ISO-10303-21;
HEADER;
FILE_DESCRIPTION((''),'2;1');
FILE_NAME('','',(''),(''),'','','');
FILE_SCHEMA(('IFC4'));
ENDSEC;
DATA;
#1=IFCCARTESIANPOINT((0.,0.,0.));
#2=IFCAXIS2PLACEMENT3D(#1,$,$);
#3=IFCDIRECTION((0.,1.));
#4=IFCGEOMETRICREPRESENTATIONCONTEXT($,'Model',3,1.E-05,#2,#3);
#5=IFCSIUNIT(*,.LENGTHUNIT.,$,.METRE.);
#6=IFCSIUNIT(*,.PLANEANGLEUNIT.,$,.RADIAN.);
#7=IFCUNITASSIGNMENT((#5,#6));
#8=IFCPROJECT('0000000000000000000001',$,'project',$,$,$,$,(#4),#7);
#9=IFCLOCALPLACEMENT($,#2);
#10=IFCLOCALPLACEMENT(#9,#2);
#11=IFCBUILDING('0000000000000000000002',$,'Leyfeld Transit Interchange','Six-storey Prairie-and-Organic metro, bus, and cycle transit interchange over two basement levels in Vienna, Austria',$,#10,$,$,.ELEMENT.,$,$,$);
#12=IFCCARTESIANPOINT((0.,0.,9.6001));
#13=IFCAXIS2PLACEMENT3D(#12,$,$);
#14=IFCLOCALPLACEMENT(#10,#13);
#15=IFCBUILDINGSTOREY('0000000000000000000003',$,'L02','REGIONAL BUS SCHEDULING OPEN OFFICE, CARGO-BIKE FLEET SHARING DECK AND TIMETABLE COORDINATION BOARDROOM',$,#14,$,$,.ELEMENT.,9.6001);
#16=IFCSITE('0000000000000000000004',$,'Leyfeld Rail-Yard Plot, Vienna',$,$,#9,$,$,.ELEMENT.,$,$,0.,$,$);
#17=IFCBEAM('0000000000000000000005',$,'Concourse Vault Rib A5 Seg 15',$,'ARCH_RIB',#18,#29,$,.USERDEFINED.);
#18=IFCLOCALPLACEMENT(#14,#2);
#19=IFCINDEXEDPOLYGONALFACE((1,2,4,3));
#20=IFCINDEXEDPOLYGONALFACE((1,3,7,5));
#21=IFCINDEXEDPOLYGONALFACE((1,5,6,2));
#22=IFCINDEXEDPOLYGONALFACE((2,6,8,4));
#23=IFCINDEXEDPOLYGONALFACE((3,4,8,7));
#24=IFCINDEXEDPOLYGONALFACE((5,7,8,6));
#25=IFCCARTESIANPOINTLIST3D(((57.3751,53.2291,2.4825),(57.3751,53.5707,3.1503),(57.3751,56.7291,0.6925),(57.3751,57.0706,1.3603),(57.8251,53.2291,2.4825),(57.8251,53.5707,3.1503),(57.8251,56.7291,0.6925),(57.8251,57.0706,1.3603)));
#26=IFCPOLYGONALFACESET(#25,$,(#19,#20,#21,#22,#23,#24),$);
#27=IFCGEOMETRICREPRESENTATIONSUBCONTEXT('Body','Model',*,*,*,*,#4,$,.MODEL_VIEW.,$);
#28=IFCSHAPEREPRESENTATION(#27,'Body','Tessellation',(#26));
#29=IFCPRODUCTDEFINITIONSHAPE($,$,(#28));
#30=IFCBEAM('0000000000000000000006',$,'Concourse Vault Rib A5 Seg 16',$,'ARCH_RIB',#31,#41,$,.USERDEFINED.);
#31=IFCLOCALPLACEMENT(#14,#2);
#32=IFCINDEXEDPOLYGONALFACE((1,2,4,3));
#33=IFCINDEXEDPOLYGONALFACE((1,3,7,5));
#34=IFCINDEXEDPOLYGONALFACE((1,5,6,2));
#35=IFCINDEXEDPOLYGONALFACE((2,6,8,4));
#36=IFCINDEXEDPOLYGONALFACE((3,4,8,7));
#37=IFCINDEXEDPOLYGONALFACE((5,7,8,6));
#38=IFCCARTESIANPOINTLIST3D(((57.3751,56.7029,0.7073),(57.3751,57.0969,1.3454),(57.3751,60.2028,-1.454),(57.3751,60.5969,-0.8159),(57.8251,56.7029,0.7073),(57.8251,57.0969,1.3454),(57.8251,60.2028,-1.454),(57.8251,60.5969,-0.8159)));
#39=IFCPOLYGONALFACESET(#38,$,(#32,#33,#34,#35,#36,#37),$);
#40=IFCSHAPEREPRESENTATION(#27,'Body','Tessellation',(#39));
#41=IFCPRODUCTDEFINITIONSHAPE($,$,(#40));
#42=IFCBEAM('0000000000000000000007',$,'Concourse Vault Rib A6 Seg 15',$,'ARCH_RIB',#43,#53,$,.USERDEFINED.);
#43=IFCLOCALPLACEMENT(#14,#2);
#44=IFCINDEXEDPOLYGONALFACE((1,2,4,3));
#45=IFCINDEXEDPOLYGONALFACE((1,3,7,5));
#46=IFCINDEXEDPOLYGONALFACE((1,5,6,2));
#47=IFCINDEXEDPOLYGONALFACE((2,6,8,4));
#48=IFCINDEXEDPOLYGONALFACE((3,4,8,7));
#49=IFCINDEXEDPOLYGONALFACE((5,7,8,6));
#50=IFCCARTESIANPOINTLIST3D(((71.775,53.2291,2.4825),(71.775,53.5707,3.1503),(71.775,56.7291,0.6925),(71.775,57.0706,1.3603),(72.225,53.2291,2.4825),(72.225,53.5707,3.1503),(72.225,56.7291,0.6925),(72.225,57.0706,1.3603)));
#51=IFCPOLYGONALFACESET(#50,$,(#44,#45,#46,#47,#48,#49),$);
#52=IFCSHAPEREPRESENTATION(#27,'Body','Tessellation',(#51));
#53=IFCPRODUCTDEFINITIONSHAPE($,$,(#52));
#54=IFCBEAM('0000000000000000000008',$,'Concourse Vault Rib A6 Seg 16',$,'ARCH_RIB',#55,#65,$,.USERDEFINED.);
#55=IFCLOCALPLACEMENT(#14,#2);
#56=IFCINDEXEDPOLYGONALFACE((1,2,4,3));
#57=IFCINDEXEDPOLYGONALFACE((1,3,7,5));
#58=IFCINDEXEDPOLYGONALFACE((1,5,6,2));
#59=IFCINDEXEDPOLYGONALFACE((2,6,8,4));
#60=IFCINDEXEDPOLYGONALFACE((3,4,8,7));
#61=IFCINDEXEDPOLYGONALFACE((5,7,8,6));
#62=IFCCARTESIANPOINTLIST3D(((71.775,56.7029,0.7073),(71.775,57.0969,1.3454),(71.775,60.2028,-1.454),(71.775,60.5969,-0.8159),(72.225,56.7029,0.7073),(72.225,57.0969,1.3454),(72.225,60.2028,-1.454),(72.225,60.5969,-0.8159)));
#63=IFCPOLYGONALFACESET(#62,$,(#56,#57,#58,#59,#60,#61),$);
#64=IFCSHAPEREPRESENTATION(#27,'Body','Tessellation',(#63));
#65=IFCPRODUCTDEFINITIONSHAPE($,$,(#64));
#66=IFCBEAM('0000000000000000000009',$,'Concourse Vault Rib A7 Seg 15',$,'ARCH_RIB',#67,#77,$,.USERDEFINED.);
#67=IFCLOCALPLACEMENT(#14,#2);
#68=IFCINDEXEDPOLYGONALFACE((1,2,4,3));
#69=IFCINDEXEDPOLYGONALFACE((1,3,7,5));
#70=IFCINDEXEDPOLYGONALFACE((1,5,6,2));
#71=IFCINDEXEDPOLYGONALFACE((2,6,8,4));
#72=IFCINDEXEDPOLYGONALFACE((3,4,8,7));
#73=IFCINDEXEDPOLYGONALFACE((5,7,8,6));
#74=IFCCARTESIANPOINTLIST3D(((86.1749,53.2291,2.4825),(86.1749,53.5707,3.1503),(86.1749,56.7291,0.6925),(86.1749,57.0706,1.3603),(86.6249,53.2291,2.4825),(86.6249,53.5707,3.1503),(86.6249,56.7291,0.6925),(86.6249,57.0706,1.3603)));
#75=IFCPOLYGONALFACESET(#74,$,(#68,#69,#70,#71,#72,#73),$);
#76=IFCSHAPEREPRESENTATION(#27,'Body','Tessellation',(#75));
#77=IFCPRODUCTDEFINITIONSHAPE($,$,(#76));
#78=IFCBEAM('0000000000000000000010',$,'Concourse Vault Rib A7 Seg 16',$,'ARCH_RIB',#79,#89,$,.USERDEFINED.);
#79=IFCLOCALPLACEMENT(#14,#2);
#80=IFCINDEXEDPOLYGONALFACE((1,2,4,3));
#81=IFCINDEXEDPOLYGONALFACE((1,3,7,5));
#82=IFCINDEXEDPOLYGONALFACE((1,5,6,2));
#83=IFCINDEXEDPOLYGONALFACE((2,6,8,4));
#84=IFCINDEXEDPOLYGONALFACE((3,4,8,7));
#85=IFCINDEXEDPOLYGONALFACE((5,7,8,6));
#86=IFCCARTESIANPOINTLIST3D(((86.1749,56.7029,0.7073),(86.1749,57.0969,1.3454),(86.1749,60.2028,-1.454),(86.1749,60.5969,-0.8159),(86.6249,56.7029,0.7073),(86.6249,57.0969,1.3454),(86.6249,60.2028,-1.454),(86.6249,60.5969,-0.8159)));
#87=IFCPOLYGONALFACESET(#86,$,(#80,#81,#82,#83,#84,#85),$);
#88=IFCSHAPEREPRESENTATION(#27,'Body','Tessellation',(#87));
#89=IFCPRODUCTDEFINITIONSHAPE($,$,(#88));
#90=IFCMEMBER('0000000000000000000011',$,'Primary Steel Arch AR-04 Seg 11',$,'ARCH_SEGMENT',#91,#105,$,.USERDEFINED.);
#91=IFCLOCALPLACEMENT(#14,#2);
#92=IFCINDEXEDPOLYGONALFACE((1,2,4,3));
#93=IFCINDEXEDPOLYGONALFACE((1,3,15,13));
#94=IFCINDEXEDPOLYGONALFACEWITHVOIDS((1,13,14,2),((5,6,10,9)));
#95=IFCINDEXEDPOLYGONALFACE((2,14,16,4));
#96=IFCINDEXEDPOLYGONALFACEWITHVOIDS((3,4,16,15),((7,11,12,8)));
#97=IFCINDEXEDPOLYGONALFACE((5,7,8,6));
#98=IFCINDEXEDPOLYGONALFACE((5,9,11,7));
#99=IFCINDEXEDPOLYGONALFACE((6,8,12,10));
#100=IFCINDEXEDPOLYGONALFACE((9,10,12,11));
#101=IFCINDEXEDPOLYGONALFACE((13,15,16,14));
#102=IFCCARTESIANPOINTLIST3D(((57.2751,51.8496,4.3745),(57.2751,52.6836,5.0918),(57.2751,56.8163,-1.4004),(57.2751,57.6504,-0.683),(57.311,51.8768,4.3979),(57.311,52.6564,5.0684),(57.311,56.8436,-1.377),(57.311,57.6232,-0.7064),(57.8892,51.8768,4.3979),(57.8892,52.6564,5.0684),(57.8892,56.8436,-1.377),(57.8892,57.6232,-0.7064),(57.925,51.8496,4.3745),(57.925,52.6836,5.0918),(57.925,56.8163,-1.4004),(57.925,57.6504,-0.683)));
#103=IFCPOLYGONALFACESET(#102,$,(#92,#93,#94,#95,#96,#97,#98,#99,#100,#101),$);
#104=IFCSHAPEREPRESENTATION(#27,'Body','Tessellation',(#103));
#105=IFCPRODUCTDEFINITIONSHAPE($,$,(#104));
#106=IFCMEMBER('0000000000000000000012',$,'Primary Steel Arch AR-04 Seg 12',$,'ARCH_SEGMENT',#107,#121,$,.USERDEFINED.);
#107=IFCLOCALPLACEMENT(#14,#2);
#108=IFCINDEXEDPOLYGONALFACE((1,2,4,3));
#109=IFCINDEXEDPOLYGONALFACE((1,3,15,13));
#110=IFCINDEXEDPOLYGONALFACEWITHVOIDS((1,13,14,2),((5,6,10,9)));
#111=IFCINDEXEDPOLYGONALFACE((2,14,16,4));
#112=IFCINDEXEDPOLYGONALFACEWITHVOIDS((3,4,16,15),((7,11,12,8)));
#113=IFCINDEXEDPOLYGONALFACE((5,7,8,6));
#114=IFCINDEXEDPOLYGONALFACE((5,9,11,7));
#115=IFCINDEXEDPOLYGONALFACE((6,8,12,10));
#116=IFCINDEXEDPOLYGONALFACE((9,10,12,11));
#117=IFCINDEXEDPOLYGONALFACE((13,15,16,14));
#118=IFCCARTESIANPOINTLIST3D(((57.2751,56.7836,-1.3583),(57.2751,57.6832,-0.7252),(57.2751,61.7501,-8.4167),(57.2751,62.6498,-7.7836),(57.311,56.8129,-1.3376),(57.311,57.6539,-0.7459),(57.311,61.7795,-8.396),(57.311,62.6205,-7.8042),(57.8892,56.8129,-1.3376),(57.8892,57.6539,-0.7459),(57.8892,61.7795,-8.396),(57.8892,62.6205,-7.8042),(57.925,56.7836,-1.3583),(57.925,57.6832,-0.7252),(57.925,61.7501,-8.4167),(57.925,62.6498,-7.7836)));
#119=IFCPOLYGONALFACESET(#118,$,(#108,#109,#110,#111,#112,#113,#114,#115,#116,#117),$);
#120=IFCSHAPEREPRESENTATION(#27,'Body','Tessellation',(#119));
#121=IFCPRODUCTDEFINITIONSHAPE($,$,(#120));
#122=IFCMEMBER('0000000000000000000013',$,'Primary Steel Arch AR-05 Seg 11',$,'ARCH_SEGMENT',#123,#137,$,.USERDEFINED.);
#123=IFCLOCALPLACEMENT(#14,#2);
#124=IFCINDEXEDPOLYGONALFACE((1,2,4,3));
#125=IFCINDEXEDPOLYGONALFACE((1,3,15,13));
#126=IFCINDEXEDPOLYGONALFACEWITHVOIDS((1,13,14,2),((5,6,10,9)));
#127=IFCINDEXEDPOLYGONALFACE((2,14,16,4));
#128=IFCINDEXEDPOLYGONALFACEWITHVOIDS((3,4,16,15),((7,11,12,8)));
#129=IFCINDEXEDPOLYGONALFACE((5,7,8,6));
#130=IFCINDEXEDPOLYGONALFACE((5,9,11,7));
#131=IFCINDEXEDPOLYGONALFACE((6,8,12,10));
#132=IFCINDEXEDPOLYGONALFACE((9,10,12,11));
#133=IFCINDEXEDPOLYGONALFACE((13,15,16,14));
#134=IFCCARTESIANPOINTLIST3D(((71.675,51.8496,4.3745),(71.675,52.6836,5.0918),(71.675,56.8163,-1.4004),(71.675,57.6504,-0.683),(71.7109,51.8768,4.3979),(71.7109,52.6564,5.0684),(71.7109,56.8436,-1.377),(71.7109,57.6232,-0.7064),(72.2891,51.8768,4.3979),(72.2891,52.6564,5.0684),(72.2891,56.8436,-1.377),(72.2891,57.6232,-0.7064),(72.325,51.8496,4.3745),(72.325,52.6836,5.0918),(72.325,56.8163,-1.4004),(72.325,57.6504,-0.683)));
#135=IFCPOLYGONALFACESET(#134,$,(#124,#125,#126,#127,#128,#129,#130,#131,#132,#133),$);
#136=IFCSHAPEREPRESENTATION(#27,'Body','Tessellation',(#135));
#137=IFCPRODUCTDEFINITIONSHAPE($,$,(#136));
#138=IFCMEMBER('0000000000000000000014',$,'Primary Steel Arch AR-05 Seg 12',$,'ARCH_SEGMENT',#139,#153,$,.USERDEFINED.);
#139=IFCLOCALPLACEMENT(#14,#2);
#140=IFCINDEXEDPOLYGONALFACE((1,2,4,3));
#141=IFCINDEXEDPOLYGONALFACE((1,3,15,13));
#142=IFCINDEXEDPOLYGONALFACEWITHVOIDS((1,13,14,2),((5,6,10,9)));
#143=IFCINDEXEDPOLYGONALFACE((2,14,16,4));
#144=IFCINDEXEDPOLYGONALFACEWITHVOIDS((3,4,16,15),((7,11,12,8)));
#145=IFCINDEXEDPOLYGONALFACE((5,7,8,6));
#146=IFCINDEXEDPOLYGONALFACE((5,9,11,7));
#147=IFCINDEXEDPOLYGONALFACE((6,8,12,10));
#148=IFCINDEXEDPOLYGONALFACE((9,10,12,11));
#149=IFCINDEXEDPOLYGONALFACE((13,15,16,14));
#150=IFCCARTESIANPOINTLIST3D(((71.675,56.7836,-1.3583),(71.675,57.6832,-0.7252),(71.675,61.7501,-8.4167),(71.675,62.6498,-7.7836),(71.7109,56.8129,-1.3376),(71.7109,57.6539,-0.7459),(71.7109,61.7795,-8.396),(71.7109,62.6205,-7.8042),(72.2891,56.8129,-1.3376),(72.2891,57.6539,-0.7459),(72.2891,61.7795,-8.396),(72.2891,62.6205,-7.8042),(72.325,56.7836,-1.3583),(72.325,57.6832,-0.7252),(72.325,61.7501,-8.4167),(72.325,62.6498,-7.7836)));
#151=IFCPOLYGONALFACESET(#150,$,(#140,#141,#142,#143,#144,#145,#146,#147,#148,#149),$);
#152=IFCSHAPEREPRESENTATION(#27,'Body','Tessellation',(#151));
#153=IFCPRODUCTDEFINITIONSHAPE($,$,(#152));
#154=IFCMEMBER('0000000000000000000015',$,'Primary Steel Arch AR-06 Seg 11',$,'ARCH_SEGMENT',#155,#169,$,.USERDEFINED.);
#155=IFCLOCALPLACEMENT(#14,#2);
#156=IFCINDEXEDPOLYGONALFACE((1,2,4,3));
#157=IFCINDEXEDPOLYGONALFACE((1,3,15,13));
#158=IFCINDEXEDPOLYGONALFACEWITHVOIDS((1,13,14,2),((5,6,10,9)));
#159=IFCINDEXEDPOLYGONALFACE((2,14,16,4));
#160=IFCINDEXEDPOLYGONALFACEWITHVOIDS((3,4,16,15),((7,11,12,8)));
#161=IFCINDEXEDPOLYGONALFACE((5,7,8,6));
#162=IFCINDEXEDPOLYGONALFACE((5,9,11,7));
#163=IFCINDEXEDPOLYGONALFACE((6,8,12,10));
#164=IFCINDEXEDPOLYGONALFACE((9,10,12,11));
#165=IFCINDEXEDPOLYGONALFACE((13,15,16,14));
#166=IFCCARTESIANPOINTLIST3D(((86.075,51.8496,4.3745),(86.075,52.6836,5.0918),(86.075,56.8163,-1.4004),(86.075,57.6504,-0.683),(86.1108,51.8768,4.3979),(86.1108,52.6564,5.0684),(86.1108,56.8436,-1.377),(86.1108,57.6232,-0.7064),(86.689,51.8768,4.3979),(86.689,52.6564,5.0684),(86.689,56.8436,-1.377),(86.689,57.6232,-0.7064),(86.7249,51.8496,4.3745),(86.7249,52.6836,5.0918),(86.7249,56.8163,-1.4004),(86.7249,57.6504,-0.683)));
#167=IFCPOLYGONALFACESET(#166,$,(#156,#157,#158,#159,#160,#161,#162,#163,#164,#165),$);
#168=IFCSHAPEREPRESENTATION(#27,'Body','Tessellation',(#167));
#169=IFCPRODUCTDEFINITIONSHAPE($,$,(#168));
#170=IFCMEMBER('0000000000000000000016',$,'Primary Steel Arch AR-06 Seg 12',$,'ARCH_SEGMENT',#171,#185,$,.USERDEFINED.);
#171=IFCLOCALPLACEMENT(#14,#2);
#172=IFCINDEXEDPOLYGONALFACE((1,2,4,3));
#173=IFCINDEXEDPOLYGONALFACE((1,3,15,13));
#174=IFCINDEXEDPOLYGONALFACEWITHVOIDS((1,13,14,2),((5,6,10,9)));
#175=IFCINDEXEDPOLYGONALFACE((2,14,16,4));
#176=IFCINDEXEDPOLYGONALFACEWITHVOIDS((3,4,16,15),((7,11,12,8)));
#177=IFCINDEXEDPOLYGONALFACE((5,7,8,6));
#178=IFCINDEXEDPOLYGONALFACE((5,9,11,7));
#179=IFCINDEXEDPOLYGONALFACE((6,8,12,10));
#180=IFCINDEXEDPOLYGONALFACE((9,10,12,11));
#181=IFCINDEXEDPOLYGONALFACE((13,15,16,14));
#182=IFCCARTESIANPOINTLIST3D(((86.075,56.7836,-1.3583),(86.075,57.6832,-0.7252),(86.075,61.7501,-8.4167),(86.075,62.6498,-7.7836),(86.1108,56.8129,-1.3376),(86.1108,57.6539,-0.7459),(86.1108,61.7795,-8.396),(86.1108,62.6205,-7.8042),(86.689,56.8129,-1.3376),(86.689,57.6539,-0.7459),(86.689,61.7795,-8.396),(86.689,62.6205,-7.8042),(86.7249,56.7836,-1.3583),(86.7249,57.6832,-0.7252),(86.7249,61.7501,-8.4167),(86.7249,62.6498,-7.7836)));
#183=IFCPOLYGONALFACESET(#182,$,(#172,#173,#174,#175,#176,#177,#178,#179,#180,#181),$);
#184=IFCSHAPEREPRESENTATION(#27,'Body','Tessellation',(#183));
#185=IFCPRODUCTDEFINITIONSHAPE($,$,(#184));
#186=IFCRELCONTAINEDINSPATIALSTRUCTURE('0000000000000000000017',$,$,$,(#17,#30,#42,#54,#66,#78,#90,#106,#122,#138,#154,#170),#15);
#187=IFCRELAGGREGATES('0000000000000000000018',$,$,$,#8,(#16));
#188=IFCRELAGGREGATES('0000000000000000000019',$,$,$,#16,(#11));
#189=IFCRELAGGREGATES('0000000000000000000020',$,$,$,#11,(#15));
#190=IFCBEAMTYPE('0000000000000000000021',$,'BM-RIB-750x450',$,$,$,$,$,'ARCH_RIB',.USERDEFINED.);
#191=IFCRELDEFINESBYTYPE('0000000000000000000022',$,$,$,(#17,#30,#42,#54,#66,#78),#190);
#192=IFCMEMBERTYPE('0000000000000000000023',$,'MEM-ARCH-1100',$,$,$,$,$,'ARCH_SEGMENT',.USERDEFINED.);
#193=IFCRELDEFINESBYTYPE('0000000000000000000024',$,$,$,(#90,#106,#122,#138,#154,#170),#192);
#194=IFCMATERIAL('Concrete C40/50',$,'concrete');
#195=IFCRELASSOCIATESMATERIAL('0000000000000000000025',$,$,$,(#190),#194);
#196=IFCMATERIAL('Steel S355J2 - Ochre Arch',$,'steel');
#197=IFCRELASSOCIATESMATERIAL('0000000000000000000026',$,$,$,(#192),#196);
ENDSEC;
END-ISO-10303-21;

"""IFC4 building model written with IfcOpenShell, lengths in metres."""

from ifc_helpers import new_model, si_unit, direction, frame, origin, origin_2d, place, context, subcontext, project, spatial, rectangle, hollow_rectangle, extrude, material, material_profile, profile_set, type_object, element, save


model = new_model("IFC4")

# Units and contexts
model_context = context("Model", 3, precision=1e-05, world=origin(), true_north=direction((0.0, 1.0)))
body_context = subcontext(model_context, "Body", "Model", "MODEL_VIEW")
ifc_project = project(units=[si_unit("LENGTHUNIT", "METRE"), si_unit("PLANEANGLEUNIT", "RADIAN")], contexts=[model_context])

# Site, building, storey
site_placement = place(None, origin())
site = spatial("IfcSite", under=ifc_project, at=site_placement, Name="Leyfeld Rail-Yard Plot, Vienna", CompositionType="ELEMENT", RefElevation=0.0)
building_placement = place(site_placement, origin())
building = spatial("IfcBuilding", under=site, at=building_placement, Name="Leyfeld Transit Interchange", Description="Six-storey Prairie-and-Organic metro, bus, and cycle transit interchange over two basement levels in Vienna, Austria", CompositionType="ELEMENT")
storey_placement = place(building_placement, frame((0.0, 0.0, 9.6001)))
storey = spatial("IfcBuildingStorey", under=building, at=storey_placement, Name="L02", Description="REGIONAL BUS SCHEDULING OPEN OFFICE, CARGO-BIKE FLEET SHARING DECK AND TIMETABLE COORDINATION BOARDROOM", CompositionType="ELEMENT", Elevation=9.6001)

# Beams
ifc_material_1 = material(Name="Concrete C40/50", Category="concrete")
ifc_material_profile_1 = material_profile(ifc_material_1, rectangle(XDim=0.45, YDim=0.75, at=origin_2d()), Name="RC 750x450 RIB")
ifc_profile_set_1 = profile_set([ifc_material_profile_1], Name="Concrete C40/50")
beam_type = type_object("IfcBeamType", Name="BM-RIB-750x450", ElementType="ARCH_RIB", PredefinedType="USERDEFINED", material=ifc_profile_set_1)
beam_1_placement = place(storey_placement, frame((57.6001, 53.3999, 2.8164), z_axis=(0.0, 0.890316, -0.455343), x_axis=(-1.0, 0.0, 0.0)))
element("IfcBeam", 1, at=beam_1_placement, inside=storey, type_object=beam_type, Name="Concourse Vault Rib A5 Seg 15", ObjectType="ARCH_RIB", PredefinedType="USERDEFINED", context=body_context, shape_type="SweptSolid", body=[
    extrude(rectangle(XDim=0.45, YDim=0.75, at=origin_2d()), origin(), (0.0, 0.0, 1.0), 3.9312),
])
beam_2_placement = place(storey_placement, frame((57.6001, 56.8999, 1.0264), z_axis=(0.0, 0.85084, -0.525425), x_axis=(-1.0, 0.0, 0.0)))
element("IfcBeam", 2, at=beam_2_placement, inside=storey, type_object=beam_type, Name="Concourse Vault Rib A5 Seg 16", ObjectType="ARCH_RIB", PredefinedType="USERDEFINED", context=body_context, shape_type="SweptSolid", body=[
    extrude(rectangle(XDim=0.45, YDim=0.75, at=origin_2d()), origin(), (0.0, 0.0, 1.0), 4.1135),
])
beam_3_placement = place(storey_placement, frame((72.0, 53.3999, 2.8164), z_axis=(0.0, 0.890316, -0.455343), x_axis=(-1.0, 0.0, 0.0)))
element("IfcBeam", 3, at=beam_3_placement, inside=storey, type_object=beam_type, Name="Concourse Vault Rib A6 Seg 15", ObjectType="ARCH_RIB", PredefinedType="USERDEFINED", context=body_context, shape_type="SweptSolid", body=[
    extrude(rectangle(XDim=0.45, YDim=0.75, at=origin_2d()), origin(), (0.0, 0.0, 1.0), 3.9312),
])
beam_4_placement = place(storey_placement, frame((72.0, 56.8999, 1.0264), z_axis=(0.0, 0.85084, -0.525425), x_axis=(-1.0, 0.0, 0.0)))
element("IfcBeam", 4, at=beam_4_placement, inside=storey, type_object=beam_type, Name="Concourse Vault Rib A6 Seg 16", ObjectType="ARCH_RIB", PredefinedType="USERDEFINED", context=body_context, shape_type="SweptSolid", body=[
    extrude(rectangle(XDim=0.45, YDim=0.75, at=origin_2d()), origin(), (0.0, 0.0, 1.0), 4.1135),
])
beam_5_placement = place(storey_placement, frame((86.3999, 53.3999, 2.8164), z_axis=(0.0, 0.890316, -0.455343), x_axis=(-1.0, 0.0, 0.0)))
element("IfcBeam", 5, at=beam_5_placement, inside=storey, type_object=beam_type, Name="Concourse Vault Rib A7 Seg 15", ObjectType="ARCH_RIB", PredefinedType="USERDEFINED", context=body_context, shape_type="SweptSolid", body=[
    extrude(rectangle(XDim=0.45, YDim=0.75, at=origin_2d()), origin(), (0.0, 0.0, 1.0), 3.9312),
])
beam_6_placement = place(storey_placement, frame((86.3999, 56.8999, 1.0264), z_axis=(0.0, 0.85084, -0.525425), x_axis=(-1.0, 0.0, 0.0)))
element("IfcBeam", 6, at=beam_6_placement, inside=storey, type_object=beam_type, Name="Concourse Vault Rib A7 Seg 16", ObjectType="ARCH_RIB", PredefinedType="USERDEFINED", context=body_context, shape_type="SweptSolid", body=[
    extrude(rectangle(XDim=0.45, YDim=0.75, at=origin_2d()), origin(), (0.0, 0.0, 1.0), 4.1135),
])

# Members
ifc_material_2 = material(Name="Steel S355J2 - Ochre Arch", Category="steel")
ifc_material_profile_2 = material_profile(ifc_material_2, hollow_rectangle(XDim=0.6499, YDim=1.1001, WallThickness=0.0359, at=origin_2d()), Name="RHS 1100x650x36")
ifc_profile_set_2 = profile_set([ifc_material_profile_2], Name="Steel S355J2 - Ochre Arch")
member_type_1 = type_object("IfcMemberType", Name="MEM-ARCH-1100", ElementType="ARCH_SEGMENT", PredefinedType="USERDEFINED", material=ifc_profile_set_2)
member_1_placement = place(storey_placement, frame((57.6001, 52.2666, 4.7332), z_axis=(0.0, 0.652068, -0.75816), x_axis=(-1.0, 0.0, 0.0)))
element("IfcMember", 7, at=member_1_placement, inside=storey, type_object=member_type_1, Name="Primary Steel Arch AR-04 Seg 11", ObjectType="ARCH_SEGMENT", PredefinedType="USERDEFINED", context=body_context, shape_type="SweptSolid", body=[
    extrude(hollow_rectangle(XDim=0.6499, YDim=1.1001, WallThickness=0.0359, at=origin_2d()), origin(), (0.0, 0.0, 1.0), 7.6169),
])
member_2_placement = place(storey_placement, frame((57.6001, 57.2334, -1.0417), z_axis=(0.0, 0.57546, -0.81783), x_axis=(-1.0, 0.0, 0.0)))
element("IfcMember", 8, at=member_2_placement, inside=storey, type_object=member_type_1, Name="Primary Steel Arch AR-04 Seg 12", ObjectType="ARCH_SEGMENT", PredefinedType="USERDEFINED", context=body_context, shape_type="SweptSolid", body=[
    extrude(hollow_rectangle(XDim=0.6499, YDim=1.1001, WallThickness=0.0359, at=origin_2d()), origin(), (0.0, 0.0, 1.0), 8.6306),
])
member_3_placement = place(storey_placement, frame((72.0, 52.2666, 4.7332), z_axis=(0.0, 0.652068, -0.75816), x_axis=(-1.0, 0.0, 0.0)))
element("IfcMember", 9, at=member_3_placement, inside=storey, type_object=member_type_1, Name="Primary Steel Arch AR-05 Seg 11", ObjectType="ARCH_SEGMENT", PredefinedType="USERDEFINED", context=body_context, shape_type="SweptSolid", body=[
    extrude(hollow_rectangle(XDim=0.6499, YDim=1.1001, WallThickness=0.0359, at=origin_2d()), origin(), (0.0, 0.0, 1.0), 7.6169),
])
member_4_placement = place(storey_placement, frame((72.0, 57.2334, -1.0417), z_axis=(0.0, 0.57546, -0.81783), x_axis=(-1.0, 0.0, 0.0)))
element("IfcMember", 10, at=member_4_placement, inside=storey, type_object=member_type_1, Name="Primary Steel Arch AR-05 Seg 12", ObjectType="ARCH_SEGMENT", PredefinedType="USERDEFINED", context=body_context, shape_type="SweptSolid", body=[
    extrude(hollow_rectangle(XDim=0.6499, YDim=1.1001, WallThickness=0.0359, at=origin_2d()), origin(), (0.0, 0.0, 1.0), 8.6306),
])
member_5_placement = place(storey_placement, frame((86.3999, 52.2666, 4.7332), z_axis=(0.0, 0.652068, -0.75816), x_axis=(-1.0, 0.0, 0.0)))
element("IfcMember", 11, at=member_5_placement, inside=storey, type_object=member_type_1, Name="Primary Steel Arch AR-06 Seg 11", ObjectType="ARCH_SEGMENT", PredefinedType="USERDEFINED", context=body_context, shape_type="SweptSolid", body=[
    extrude(hollow_rectangle(XDim=0.6499, YDim=1.1001, WallThickness=0.0359, at=origin_2d()), origin(), (0.0, 0.0, 1.0), 7.6169),
])
member_6_placement = place(storey_placement, frame((86.3999, 57.2334, -1.0417), z_axis=(0.0, 0.57546, -0.81783), x_axis=(-1.0, 0.0, 0.0)))
element("IfcMember", 12, at=member_6_placement, inside=storey, type_object=member_type_1, Name="Primary Steel Arch AR-06 Seg 12", ObjectType="ARCH_SEGMENT", PredefinedType="USERDEFINED", context=body_context, shape_type="SweptSolid", body=[
    extrude(hollow_rectangle(XDim=0.6499, YDim=1.1001, WallThickness=0.0359, at=origin_2d()), origin(), (0.0, 0.0, 1.0), 8.6306),
])

save(model, "model.ifc")
